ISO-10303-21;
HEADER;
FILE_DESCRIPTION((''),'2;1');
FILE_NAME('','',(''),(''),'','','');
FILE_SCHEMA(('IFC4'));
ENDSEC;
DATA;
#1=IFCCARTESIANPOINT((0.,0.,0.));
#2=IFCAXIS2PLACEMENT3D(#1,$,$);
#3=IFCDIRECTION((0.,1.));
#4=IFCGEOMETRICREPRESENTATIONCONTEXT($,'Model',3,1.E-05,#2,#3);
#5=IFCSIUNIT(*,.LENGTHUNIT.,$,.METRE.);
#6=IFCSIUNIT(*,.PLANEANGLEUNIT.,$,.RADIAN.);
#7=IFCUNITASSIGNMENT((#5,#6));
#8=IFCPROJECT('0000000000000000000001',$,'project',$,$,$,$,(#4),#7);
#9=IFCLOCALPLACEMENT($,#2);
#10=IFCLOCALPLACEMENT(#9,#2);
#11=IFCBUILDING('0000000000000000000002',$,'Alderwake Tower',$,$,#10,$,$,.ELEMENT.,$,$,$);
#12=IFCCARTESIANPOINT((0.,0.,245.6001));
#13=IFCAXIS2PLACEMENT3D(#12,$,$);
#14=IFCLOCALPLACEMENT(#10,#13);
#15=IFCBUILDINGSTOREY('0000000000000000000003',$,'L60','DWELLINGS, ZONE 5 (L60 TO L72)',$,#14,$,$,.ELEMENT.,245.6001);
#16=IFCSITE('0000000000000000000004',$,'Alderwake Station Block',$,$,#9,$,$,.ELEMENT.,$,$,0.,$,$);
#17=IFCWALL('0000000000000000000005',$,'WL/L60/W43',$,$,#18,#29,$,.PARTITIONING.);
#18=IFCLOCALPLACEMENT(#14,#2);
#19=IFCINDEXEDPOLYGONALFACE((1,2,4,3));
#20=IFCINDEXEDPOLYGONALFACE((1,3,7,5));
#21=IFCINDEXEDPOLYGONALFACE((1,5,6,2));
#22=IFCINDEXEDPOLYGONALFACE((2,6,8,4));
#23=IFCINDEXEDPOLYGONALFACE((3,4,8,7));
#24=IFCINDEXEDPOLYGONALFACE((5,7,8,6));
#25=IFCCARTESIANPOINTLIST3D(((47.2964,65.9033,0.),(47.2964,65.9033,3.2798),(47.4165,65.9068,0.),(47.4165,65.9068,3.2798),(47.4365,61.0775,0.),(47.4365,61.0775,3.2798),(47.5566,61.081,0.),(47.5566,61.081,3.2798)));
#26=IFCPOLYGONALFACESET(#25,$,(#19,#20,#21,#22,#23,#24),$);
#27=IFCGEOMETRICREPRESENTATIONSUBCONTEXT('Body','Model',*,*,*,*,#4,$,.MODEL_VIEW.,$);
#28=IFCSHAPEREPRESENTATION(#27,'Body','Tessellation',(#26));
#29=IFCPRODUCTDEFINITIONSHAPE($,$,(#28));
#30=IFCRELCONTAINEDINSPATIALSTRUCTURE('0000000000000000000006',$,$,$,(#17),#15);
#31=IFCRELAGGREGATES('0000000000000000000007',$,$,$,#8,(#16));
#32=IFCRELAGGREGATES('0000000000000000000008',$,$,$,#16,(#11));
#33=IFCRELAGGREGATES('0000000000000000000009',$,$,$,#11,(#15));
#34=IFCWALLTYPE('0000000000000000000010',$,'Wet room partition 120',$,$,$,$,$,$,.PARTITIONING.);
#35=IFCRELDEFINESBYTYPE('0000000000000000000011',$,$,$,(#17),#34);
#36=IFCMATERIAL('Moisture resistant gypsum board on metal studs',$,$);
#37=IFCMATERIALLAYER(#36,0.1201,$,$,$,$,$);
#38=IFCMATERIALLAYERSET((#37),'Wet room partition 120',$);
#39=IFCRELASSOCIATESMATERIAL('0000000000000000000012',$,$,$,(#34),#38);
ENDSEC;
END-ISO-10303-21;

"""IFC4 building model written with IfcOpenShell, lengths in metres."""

from ifc_helpers import new_model, si_unit, direction, frame, frame_2d, origin, place, context, subcontext, project, spatial, rectangle, extrude, material, layer, layer_set, type_object, element, save


model = new_model("IFC4")

# Units and contexts
model_context = context("Model", 3, precision=1e-05, world=origin(), true_north=direction((0.0, 1.0)))
body_context = subcontext(model_context, "Body", "Model", "MODEL_VIEW")
ifc_project = project(units=[si_unit("LENGTHUNIT", "METRE"), si_unit("PLANEANGLEUNIT", "RADIAN")], contexts=[model_context])

# Site, building, storey
site_placement = place(None, origin())
site = spatial("IfcSite", under=ifc_project, at=site_placement, Name="Alderwake Station Block", CompositionType="ELEMENT", RefElevation=0.0)
building_placement = place(site_placement, origin())
building = spatial("IfcBuilding", under=site, at=building_placement, Name="Alderwake Tower", CompositionType="ELEMENT")
storey_placement = place(building_placement, frame((0.0, 0.0, 245.6001)))
storey = spatial("IfcBuildingStorey", under=building, at=storey_placement, Name="L60", Description="DWELLINGS, ZONE 5 (L60 TO L72)", CompositionType="ELEMENT", Elevation=245.6001)

# Shared definitions
ifc_material_1 = material(Name="Moisture resistant gypsum board on metal studs")
ifc_layer_1 = layer(ifc_material_1, 0.1201)
ifc_layer_set_1 = layer_set([ifc_layer_1], Name="Wet room partition 120")
wall_type_1 = type_object("IfcWallType", Name="Wet room partition 120", PredefinedType="PARTITIONING", material=ifc_layer_set_1)

# Wall
wall_1_placement = place(storey_placement, frame((47.4966, 61.0791, 0.0), z_axis=(0.0, 0.0, 1.0), x_axis=(-0.029026, 0.999579, 0.0)))
element("IfcWall", 1, at=wall_1_placement, inside=storey, type_object=wall_type_1, Name="WL/L60/W43", PredefinedType="PARTITIONING", context=body_context, shape_type="SweptSolid", body=[
    extrude(rectangle(XDim=4.8279, YDim=0.1201, at=frame_2d((2.4141, 0.0))), origin(), (0.0, 0.0, 1.0), 3.2798),
])

save(model, "model.ifc")
